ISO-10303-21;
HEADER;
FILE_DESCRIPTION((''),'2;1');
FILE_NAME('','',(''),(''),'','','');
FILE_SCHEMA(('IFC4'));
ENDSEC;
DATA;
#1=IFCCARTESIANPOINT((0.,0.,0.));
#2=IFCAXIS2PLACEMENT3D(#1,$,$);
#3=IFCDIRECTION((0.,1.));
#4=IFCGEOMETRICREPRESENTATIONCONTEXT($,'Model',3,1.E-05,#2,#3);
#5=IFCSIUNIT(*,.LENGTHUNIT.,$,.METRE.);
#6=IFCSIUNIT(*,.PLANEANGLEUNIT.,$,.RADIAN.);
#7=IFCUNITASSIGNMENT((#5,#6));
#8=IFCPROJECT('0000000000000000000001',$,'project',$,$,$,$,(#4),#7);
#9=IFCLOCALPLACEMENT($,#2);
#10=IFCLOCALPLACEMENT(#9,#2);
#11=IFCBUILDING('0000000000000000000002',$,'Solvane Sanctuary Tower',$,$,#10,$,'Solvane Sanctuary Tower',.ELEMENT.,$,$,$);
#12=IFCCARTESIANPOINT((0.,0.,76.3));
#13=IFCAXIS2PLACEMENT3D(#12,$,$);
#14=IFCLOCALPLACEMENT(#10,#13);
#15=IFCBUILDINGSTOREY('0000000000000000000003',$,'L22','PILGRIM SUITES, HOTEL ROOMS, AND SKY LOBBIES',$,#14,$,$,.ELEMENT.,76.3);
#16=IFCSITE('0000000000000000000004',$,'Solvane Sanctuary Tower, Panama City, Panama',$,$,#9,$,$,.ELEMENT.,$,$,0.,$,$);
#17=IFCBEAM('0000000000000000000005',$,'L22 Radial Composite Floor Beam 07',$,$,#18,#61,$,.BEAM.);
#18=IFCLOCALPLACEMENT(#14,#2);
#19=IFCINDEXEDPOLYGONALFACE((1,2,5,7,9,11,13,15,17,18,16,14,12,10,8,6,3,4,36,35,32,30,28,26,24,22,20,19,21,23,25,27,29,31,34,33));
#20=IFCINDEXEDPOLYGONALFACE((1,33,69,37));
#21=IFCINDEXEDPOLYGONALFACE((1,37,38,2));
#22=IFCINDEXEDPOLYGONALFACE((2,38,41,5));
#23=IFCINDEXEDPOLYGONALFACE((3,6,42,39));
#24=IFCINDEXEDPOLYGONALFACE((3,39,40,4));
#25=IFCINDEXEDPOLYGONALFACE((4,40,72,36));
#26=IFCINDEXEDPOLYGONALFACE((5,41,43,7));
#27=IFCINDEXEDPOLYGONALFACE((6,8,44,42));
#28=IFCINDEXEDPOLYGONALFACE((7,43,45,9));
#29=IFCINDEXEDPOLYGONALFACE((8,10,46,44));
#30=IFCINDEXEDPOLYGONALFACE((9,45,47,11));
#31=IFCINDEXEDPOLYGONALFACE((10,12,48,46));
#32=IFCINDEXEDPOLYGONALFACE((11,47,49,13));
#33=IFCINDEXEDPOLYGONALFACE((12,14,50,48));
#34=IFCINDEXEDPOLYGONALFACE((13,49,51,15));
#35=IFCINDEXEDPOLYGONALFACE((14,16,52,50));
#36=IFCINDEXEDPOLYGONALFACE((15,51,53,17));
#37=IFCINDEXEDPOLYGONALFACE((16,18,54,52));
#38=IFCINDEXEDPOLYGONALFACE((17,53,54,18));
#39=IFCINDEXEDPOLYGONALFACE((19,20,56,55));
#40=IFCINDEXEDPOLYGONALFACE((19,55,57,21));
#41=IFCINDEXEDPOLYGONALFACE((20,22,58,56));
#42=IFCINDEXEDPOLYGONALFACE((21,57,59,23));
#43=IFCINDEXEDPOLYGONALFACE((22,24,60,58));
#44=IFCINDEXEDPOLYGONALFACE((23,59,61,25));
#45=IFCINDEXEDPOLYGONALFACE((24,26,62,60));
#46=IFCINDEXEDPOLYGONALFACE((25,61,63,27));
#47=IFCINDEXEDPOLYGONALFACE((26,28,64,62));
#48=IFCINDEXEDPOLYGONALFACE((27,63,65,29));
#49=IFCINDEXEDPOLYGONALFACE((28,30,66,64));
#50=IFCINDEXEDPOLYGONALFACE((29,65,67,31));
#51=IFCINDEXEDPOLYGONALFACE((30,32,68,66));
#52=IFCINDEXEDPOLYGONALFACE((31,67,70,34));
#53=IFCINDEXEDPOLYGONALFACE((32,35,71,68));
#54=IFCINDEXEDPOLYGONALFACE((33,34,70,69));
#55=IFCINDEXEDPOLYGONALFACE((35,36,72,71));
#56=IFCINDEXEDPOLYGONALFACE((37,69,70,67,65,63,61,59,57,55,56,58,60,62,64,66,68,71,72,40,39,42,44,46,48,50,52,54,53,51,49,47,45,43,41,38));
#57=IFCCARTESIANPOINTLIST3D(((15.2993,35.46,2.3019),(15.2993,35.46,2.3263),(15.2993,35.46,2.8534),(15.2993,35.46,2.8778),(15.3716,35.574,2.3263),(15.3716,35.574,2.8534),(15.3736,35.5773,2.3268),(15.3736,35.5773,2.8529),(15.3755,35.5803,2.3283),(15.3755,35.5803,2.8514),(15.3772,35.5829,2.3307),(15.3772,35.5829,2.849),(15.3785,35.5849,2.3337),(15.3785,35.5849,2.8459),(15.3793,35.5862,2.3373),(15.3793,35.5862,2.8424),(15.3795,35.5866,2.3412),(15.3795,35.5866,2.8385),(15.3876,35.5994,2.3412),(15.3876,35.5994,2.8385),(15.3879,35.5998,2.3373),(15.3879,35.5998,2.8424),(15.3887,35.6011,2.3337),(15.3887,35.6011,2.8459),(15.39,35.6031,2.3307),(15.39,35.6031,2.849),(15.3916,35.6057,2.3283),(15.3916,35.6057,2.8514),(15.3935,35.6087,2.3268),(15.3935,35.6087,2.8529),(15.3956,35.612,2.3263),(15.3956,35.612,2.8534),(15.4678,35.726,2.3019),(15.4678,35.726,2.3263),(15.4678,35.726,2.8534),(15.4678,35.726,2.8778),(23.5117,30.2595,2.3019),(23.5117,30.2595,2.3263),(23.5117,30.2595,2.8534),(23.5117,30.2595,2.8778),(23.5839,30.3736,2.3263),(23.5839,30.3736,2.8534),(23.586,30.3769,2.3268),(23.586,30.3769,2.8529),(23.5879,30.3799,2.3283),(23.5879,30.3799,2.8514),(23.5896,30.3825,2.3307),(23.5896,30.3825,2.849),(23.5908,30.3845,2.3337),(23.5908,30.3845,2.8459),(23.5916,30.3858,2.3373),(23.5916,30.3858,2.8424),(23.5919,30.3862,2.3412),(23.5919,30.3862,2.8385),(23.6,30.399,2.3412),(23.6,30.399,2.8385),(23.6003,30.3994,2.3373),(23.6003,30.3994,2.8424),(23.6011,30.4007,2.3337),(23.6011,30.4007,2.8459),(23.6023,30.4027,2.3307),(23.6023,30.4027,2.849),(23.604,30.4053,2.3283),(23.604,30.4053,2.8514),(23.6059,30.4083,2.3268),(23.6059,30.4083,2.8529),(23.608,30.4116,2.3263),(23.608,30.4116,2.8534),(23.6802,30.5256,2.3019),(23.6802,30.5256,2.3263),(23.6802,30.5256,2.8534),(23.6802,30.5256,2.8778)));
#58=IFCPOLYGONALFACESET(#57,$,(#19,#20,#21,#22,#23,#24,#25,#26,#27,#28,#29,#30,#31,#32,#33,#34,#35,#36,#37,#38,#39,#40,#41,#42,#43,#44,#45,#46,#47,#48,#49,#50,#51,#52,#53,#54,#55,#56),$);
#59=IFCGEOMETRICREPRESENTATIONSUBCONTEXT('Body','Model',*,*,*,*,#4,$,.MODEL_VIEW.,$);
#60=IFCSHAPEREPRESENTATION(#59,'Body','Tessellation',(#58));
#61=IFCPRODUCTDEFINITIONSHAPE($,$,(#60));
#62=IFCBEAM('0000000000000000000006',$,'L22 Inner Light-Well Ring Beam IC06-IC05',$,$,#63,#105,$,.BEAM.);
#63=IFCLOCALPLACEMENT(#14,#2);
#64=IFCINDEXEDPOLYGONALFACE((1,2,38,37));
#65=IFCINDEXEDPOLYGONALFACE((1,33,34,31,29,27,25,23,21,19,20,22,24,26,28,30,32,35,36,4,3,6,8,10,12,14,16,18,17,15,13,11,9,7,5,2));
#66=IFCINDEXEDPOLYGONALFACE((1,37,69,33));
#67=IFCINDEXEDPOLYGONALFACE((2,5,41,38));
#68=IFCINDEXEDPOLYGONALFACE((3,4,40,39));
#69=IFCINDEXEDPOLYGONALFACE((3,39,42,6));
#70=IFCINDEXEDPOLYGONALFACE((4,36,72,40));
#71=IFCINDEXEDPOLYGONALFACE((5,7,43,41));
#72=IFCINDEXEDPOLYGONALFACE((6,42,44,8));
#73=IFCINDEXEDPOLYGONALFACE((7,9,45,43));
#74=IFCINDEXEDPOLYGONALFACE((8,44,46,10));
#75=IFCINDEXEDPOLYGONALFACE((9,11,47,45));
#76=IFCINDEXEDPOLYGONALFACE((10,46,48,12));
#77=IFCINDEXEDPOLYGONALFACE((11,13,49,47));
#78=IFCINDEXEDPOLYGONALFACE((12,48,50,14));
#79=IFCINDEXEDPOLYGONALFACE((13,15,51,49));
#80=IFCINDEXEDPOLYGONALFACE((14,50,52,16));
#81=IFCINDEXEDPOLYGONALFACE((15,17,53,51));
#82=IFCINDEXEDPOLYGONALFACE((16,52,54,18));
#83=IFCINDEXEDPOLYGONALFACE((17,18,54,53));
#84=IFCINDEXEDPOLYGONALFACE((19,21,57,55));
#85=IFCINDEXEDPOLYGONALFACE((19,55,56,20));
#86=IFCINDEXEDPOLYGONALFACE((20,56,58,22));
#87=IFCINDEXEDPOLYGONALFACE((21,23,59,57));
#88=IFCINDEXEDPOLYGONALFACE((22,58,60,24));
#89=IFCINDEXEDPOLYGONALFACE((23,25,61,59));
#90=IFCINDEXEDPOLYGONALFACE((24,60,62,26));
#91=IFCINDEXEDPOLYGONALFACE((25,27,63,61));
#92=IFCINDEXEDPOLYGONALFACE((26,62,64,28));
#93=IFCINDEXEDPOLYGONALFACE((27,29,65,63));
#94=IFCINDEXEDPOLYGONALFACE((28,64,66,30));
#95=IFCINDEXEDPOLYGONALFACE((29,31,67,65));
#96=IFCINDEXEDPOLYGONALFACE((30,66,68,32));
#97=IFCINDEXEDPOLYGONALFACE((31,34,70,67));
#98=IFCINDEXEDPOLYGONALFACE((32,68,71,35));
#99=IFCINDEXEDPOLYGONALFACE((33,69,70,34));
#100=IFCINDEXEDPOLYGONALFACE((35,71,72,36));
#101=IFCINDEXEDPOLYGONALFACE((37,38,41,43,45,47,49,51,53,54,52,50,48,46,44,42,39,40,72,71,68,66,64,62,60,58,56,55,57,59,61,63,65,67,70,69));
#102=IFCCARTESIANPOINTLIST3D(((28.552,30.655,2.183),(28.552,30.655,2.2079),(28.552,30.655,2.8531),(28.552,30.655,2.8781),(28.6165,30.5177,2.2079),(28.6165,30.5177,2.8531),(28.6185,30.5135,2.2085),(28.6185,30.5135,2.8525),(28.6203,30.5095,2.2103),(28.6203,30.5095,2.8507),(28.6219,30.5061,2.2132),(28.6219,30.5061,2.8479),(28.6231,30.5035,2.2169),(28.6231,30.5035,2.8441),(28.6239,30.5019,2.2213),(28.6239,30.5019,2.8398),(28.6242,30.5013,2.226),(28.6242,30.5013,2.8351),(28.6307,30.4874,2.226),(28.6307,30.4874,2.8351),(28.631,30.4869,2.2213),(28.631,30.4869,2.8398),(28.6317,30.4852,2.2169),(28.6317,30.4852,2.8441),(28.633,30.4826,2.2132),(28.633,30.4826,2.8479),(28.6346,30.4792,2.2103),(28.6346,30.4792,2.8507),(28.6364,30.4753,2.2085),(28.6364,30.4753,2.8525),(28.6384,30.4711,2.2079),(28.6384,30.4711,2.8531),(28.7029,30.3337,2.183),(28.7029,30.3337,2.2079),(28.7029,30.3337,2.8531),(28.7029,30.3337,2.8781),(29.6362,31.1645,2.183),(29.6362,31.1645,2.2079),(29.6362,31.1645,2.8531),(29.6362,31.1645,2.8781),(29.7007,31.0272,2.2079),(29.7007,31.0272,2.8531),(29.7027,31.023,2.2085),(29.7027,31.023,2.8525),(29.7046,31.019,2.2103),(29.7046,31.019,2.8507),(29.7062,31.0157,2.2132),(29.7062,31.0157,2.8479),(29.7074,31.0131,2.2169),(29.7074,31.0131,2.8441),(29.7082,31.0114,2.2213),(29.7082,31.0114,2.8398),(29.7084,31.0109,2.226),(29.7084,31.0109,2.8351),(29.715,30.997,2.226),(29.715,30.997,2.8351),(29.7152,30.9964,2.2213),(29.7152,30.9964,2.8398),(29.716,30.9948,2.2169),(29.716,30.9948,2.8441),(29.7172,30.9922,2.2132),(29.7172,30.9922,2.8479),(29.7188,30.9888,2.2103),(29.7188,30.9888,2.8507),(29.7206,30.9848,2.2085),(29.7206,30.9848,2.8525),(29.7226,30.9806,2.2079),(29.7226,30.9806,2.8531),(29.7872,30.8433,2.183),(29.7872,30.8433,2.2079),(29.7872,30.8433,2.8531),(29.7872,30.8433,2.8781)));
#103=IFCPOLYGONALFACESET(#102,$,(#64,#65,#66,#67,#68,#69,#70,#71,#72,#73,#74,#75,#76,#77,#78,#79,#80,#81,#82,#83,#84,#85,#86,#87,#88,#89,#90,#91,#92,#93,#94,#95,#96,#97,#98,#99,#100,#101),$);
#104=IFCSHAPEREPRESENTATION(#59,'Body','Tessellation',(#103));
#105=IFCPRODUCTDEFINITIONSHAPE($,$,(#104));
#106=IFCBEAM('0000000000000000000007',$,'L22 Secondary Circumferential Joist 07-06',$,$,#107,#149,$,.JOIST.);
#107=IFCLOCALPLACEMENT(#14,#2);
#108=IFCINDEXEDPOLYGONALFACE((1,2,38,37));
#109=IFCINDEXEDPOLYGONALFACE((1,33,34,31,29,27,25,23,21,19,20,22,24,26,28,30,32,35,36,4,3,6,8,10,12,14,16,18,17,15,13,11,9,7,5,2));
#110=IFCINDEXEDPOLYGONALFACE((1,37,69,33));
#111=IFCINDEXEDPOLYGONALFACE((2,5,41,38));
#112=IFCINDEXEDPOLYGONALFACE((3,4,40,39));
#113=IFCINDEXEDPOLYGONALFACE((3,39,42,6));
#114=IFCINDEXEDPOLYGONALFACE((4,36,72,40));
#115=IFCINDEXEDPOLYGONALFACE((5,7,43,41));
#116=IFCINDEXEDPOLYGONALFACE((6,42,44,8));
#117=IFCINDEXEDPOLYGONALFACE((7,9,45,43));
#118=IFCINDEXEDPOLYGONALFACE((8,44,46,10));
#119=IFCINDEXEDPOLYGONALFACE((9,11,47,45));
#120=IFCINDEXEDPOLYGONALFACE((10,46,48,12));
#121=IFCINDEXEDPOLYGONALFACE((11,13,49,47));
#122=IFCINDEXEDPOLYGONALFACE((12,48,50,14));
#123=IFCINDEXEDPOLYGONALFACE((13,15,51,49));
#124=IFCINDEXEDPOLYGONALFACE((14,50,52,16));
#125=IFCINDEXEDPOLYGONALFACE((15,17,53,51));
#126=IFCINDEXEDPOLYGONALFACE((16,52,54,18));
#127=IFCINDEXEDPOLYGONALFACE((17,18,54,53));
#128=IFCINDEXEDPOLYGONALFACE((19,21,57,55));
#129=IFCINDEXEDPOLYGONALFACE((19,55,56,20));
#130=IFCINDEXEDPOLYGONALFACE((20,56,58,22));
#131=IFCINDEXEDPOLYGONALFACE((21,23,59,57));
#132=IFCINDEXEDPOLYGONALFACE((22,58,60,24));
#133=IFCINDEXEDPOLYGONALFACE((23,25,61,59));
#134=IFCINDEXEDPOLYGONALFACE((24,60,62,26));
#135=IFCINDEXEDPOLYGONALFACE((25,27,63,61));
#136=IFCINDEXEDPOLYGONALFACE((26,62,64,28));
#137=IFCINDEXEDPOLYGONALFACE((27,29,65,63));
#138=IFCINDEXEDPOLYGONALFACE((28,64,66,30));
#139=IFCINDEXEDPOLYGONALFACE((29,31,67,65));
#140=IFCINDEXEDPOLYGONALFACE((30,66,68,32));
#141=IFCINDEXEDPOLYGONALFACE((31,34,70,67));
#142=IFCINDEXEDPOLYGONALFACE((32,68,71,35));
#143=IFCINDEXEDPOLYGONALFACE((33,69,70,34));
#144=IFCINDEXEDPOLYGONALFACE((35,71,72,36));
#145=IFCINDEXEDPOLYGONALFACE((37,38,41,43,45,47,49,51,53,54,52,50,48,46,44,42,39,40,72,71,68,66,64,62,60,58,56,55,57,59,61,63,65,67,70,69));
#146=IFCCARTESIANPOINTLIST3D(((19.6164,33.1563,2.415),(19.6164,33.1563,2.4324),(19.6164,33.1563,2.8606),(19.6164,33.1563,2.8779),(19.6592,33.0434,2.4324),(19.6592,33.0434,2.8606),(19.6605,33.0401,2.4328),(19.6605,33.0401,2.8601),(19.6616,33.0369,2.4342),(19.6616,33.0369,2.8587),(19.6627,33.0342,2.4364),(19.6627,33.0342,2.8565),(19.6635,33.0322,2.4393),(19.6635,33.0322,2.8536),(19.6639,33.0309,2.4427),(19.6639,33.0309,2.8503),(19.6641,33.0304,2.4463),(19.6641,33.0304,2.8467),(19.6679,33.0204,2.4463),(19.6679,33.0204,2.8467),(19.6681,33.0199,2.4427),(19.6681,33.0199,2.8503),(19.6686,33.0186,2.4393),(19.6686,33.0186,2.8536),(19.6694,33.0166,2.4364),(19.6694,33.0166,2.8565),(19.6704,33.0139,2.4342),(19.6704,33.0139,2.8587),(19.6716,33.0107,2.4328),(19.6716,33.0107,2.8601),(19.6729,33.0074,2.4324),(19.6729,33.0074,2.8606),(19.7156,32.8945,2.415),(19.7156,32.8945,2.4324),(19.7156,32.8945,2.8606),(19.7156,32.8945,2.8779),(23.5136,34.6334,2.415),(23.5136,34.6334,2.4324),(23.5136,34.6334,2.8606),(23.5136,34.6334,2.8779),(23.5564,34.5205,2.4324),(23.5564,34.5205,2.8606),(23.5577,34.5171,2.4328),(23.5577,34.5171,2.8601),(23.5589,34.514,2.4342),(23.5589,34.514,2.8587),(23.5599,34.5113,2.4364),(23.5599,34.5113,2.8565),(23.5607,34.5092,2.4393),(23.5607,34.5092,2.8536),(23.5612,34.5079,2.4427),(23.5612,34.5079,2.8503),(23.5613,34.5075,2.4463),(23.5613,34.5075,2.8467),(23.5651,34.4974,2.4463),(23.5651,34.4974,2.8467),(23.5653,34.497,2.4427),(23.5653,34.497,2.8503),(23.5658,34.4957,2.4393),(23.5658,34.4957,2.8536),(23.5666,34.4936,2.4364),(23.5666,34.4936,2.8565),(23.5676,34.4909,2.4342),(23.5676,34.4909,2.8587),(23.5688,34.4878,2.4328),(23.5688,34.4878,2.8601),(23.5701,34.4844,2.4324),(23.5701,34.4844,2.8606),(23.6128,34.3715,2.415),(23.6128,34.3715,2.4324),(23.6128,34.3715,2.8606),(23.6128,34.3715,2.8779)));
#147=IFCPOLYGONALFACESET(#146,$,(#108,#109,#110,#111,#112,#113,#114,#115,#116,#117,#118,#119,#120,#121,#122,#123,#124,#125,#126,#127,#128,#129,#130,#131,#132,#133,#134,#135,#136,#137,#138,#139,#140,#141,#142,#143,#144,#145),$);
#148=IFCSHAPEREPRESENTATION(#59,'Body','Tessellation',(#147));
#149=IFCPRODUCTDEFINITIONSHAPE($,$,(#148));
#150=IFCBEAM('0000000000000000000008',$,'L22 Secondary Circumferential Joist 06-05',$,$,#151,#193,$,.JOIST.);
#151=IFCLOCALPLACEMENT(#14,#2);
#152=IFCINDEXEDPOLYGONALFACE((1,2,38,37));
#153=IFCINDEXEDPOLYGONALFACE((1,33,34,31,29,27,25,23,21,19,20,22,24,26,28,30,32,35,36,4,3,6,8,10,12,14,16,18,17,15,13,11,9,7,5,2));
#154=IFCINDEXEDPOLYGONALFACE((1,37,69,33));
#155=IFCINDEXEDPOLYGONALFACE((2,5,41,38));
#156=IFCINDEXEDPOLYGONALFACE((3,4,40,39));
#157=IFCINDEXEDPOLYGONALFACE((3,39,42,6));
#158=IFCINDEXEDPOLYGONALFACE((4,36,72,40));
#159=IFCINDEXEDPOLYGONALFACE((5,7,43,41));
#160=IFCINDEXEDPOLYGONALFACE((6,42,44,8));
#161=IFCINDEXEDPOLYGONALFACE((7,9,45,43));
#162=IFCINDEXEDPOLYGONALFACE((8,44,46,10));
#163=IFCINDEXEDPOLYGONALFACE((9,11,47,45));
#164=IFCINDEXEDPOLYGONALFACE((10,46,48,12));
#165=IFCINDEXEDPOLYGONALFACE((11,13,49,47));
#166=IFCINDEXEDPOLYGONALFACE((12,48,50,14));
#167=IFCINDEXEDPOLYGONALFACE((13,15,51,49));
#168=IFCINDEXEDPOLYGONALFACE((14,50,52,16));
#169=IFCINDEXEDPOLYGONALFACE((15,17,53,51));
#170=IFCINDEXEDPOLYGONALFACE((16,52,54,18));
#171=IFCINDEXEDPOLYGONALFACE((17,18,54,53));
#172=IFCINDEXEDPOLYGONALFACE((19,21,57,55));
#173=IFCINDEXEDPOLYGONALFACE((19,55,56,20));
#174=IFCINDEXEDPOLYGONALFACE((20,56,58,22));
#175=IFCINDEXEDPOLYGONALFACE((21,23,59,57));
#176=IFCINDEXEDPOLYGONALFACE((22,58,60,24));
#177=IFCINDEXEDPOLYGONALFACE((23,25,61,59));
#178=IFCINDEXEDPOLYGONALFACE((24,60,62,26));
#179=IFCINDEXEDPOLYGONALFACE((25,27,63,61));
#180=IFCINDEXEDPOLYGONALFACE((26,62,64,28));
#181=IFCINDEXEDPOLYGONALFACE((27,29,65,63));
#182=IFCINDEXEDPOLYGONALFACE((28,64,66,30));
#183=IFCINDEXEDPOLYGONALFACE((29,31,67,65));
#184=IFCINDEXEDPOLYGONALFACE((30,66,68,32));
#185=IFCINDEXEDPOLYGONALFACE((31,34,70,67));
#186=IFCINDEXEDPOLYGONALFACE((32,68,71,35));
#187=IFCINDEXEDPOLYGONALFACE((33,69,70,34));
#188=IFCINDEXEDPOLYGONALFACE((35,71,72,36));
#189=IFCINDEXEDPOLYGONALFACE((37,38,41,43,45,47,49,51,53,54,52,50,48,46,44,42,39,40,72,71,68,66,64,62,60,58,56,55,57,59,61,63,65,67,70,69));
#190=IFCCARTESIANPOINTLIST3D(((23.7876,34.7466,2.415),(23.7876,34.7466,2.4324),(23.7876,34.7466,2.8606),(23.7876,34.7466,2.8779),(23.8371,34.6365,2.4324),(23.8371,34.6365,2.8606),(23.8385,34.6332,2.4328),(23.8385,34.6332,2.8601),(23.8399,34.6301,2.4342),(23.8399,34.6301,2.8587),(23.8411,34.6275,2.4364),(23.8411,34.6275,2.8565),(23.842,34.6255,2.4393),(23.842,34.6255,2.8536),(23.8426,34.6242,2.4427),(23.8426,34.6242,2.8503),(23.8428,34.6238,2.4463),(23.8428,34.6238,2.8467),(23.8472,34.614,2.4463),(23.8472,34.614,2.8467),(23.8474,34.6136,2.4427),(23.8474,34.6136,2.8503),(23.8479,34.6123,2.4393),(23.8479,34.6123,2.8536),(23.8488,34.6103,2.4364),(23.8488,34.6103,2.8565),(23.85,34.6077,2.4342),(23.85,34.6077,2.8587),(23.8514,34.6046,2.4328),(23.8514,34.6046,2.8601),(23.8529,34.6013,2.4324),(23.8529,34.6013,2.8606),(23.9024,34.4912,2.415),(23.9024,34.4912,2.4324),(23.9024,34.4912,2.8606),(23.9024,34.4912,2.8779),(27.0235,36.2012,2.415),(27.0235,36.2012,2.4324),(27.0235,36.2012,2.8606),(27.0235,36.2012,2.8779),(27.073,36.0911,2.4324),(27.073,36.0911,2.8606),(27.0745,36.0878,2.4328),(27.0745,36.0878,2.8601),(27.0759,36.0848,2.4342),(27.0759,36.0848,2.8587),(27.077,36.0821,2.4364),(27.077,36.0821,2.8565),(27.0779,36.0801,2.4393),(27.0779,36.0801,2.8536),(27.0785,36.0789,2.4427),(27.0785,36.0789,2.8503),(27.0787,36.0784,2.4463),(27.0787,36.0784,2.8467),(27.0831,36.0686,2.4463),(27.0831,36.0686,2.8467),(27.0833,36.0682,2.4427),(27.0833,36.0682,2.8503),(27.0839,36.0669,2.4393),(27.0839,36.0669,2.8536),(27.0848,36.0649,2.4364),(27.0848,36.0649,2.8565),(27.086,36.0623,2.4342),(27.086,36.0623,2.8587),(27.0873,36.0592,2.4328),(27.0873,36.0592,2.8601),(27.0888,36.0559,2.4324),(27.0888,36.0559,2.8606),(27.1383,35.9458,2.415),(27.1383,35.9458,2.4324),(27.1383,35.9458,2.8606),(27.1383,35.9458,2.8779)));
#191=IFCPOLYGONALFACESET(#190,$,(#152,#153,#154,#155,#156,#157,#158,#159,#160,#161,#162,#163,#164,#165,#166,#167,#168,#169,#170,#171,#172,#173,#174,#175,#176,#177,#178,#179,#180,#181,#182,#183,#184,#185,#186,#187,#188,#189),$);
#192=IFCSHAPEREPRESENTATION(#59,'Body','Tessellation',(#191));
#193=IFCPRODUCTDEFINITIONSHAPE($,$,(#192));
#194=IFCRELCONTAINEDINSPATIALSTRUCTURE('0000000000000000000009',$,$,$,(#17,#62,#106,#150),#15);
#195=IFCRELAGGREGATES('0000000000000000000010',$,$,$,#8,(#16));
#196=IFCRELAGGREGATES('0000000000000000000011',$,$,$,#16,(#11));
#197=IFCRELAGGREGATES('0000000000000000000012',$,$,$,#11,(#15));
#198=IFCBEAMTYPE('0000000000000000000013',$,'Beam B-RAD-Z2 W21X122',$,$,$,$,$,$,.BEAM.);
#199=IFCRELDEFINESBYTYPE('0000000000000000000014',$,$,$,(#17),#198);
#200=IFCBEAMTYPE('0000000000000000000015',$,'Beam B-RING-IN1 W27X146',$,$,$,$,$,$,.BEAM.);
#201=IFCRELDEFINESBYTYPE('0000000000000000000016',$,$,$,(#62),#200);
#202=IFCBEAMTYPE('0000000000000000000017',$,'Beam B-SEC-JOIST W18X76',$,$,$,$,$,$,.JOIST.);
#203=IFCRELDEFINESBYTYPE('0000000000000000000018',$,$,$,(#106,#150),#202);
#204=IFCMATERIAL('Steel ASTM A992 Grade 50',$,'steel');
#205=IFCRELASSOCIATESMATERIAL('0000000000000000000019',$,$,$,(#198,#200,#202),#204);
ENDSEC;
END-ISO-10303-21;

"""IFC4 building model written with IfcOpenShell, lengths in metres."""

from ifc_helpers import new_model, si_unit, direction, frame, origin, origin_2d, place, context, subcontext, project, spatial, i_section, extrude, material, material_profile, profile_set, type_object, element, save


model = new_model("IFC4")

# Units and contexts
model_context = context("Model", 3, precision=1e-05, world=origin(), true_north=direction((0.0, 1.0)))
body_context = subcontext(model_context, "Body", "Model", "MODEL_VIEW")
ifc_project = project(units=[si_unit("LENGTHUNIT", "METRE"), si_unit("PLANEANGLEUNIT", "RADIAN")], contexts=[model_context])

# Site, building, storey
site_placement = place(None, origin())
site = spatial("IfcSite", under=ifc_project, at=site_placement, Name="Solvane Sanctuary Tower, Panama City, Panama", CompositionType="ELEMENT", RefElevation=0.0)
building_placement = place(site_placement, origin())
building = spatial("IfcBuilding", under=site, at=building_placement, Name="Solvane Sanctuary Tower", LongName="Solvane Sanctuary Tower", CompositionType="ELEMENT")
storey_placement = place(building_placement, frame((0.0, 0.0, 76.3)))
storey = spatial("IfcBuildingStorey", under=building, at=storey_placement, Name="L22", Description="PILGRIM SUITES, HOTEL ROOMS, AND SKY LOBBIES", CompositionType="ELEMENT", Elevation=76.3)

# Beams
ifc_material_1 = material(Name="Steel ASTM A992 Grade 50", Category="steel")
ifc_material_profile_1 = material_profile(ifc_material_1, i_section(OverallWidth=0.3149, OverallDepth=0.5759, WebThickness=0.0151, FlangeThickness=0.0244, FilletRadius=0.0149, at=origin_2d()), Name="W21X122")
ifc_profile_set_1 = profile_set([ifc_material_profile_1], Name="Steel ASTM A992 Grade 50")
beam_type_1 = type_object("IfcBeamType", Name="Beam B-RAD-Z2 W21X122", PredefinedType="BEAM", material=ifc_profile_set_1)
beam_1_placement = place(storey_placement, frame((23.5959, 30.3926, 2.5898), z_axis=(-0.844854, 0.534997, 0.0), x_axis=(-0.534997, -0.844854, 0.0)))
element("IfcBeam", 1, at=beam_1_placement, inside=storey, type_object=beam_type_1, Name="L22 Radial Composite Floor Beam 07", PredefinedType="BEAM", context=body_context, shape_type="SweptSolid", body=[
    extrude(i_section(OverallWidth=0.3149, OverallDepth=0.5759, WebThickness=0.0151, FlangeThickness=0.0244, FilletRadius=0.0149, at=origin_2d()), origin(), (0.0, 0.0, 1.0), 9.7205),
])
ifc_material_profile_2 = material_profile(ifc_material_1, i_section(OverallWidth=0.355, OverallDepth=0.6951, WebThickness=0.0154, FlangeThickness=0.0249, FilletRadius=0.0181, at=origin_2d()), Name="W27X146")
ifc_profile_set_2 = profile_set([ifc_material_profile_2], Name="Steel ASTM A992 Grade 50")
beam_type_2 = type_object("IfcBeamType", Name="Beam B-RING-IN1 W27X146", PredefinedType="BEAM", material=ifc_profile_set_2)
beam_2_placement = place(storey_placement, frame((28.6274, 30.4944, 2.5305), z_axis=(0.905045, 0.425316, 0.0), x_axis=(-0.425316, 0.905045, 0.0)))
element("IfcBeam", 2, at=beam_2_placement, inside=storey, type_object=beam_type_2, Name="L22 Inner Light-Well Ring Beam IC06-IC05", PredefinedType="BEAM", context=body_context, shape_type="SweptSolid", body=[
    extrude(i_section(OverallWidth=0.355, OverallDepth=0.6951, WebThickness=0.0154, FlangeThickness=0.0249, FilletRadius=0.0181, at=origin_2d()), origin(), (0.0, 0.0, 1.0), 1.198),
])
ifc_material_profile_3 = material_profile(ifc_material_1, i_section(OverallWidth=0.28, OverallDepth=0.4629, WebThickness=0.0107, FlangeThickness=0.0173, FilletRadius=0.0139, at=origin_2d()), Name="W18X76")
ifc_profile_set_3 = profile_set([ifc_material_profile_3], Name="Steel ASTM A992 Grade 50")
beam_type_3 = type_object("IfcBeamType", Name="Beam B-SEC-JOIST W18X76", PredefinedType="JOIST", material=ifc_profile_set_3)
beam_3_placement = place(storey_placement, frame((19.666, 33.0254, 2.6465), z_axis=(0.935093, 0.354402, 0.0), x_axis=(-0.354402, 0.935093, 0.0)))
element("IfcBeam", 3, at=beam_3_placement, inside=storey, type_object=beam_type_3, Name="L22 Secondary Circumferential Joist 07-06", PredefinedType="JOIST", context=body_context, shape_type="SweptSolid", body=[
    extrude(i_section(OverallWidth=0.28, OverallDepth=0.4629, WebThickness=0.0107, FlangeThickness=0.0173, FilletRadius=0.0139, at=origin_2d()), origin(), (0.0, 0.0, 1.0), 4.1677),
])
beam_4_placement = place(storey_placement, frame((23.845, 34.6189, 2.6465), z_axis=(0.912084, 0.410004, 0.0), x_axis=(-0.410004, 0.912084, 0.0)))
element("IfcBeam", 4, at=beam_4_placement, inside=storey, type_object=beam_type_3, Name="L22 Secondary Circumferential Joist 06-05", PredefinedType="JOIST", context=body_context, shape_type="SweptSolid", body=[
    extrude(i_section(OverallWidth=0.28, OverallDepth=0.4629, WebThickness=0.0107, FlangeThickness=0.0173, FilletRadius=0.0139, at=origin_2d()), origin(), (0.0, 0.0, 1.0), 3.5479),
])

save(model, "model.ifc")
